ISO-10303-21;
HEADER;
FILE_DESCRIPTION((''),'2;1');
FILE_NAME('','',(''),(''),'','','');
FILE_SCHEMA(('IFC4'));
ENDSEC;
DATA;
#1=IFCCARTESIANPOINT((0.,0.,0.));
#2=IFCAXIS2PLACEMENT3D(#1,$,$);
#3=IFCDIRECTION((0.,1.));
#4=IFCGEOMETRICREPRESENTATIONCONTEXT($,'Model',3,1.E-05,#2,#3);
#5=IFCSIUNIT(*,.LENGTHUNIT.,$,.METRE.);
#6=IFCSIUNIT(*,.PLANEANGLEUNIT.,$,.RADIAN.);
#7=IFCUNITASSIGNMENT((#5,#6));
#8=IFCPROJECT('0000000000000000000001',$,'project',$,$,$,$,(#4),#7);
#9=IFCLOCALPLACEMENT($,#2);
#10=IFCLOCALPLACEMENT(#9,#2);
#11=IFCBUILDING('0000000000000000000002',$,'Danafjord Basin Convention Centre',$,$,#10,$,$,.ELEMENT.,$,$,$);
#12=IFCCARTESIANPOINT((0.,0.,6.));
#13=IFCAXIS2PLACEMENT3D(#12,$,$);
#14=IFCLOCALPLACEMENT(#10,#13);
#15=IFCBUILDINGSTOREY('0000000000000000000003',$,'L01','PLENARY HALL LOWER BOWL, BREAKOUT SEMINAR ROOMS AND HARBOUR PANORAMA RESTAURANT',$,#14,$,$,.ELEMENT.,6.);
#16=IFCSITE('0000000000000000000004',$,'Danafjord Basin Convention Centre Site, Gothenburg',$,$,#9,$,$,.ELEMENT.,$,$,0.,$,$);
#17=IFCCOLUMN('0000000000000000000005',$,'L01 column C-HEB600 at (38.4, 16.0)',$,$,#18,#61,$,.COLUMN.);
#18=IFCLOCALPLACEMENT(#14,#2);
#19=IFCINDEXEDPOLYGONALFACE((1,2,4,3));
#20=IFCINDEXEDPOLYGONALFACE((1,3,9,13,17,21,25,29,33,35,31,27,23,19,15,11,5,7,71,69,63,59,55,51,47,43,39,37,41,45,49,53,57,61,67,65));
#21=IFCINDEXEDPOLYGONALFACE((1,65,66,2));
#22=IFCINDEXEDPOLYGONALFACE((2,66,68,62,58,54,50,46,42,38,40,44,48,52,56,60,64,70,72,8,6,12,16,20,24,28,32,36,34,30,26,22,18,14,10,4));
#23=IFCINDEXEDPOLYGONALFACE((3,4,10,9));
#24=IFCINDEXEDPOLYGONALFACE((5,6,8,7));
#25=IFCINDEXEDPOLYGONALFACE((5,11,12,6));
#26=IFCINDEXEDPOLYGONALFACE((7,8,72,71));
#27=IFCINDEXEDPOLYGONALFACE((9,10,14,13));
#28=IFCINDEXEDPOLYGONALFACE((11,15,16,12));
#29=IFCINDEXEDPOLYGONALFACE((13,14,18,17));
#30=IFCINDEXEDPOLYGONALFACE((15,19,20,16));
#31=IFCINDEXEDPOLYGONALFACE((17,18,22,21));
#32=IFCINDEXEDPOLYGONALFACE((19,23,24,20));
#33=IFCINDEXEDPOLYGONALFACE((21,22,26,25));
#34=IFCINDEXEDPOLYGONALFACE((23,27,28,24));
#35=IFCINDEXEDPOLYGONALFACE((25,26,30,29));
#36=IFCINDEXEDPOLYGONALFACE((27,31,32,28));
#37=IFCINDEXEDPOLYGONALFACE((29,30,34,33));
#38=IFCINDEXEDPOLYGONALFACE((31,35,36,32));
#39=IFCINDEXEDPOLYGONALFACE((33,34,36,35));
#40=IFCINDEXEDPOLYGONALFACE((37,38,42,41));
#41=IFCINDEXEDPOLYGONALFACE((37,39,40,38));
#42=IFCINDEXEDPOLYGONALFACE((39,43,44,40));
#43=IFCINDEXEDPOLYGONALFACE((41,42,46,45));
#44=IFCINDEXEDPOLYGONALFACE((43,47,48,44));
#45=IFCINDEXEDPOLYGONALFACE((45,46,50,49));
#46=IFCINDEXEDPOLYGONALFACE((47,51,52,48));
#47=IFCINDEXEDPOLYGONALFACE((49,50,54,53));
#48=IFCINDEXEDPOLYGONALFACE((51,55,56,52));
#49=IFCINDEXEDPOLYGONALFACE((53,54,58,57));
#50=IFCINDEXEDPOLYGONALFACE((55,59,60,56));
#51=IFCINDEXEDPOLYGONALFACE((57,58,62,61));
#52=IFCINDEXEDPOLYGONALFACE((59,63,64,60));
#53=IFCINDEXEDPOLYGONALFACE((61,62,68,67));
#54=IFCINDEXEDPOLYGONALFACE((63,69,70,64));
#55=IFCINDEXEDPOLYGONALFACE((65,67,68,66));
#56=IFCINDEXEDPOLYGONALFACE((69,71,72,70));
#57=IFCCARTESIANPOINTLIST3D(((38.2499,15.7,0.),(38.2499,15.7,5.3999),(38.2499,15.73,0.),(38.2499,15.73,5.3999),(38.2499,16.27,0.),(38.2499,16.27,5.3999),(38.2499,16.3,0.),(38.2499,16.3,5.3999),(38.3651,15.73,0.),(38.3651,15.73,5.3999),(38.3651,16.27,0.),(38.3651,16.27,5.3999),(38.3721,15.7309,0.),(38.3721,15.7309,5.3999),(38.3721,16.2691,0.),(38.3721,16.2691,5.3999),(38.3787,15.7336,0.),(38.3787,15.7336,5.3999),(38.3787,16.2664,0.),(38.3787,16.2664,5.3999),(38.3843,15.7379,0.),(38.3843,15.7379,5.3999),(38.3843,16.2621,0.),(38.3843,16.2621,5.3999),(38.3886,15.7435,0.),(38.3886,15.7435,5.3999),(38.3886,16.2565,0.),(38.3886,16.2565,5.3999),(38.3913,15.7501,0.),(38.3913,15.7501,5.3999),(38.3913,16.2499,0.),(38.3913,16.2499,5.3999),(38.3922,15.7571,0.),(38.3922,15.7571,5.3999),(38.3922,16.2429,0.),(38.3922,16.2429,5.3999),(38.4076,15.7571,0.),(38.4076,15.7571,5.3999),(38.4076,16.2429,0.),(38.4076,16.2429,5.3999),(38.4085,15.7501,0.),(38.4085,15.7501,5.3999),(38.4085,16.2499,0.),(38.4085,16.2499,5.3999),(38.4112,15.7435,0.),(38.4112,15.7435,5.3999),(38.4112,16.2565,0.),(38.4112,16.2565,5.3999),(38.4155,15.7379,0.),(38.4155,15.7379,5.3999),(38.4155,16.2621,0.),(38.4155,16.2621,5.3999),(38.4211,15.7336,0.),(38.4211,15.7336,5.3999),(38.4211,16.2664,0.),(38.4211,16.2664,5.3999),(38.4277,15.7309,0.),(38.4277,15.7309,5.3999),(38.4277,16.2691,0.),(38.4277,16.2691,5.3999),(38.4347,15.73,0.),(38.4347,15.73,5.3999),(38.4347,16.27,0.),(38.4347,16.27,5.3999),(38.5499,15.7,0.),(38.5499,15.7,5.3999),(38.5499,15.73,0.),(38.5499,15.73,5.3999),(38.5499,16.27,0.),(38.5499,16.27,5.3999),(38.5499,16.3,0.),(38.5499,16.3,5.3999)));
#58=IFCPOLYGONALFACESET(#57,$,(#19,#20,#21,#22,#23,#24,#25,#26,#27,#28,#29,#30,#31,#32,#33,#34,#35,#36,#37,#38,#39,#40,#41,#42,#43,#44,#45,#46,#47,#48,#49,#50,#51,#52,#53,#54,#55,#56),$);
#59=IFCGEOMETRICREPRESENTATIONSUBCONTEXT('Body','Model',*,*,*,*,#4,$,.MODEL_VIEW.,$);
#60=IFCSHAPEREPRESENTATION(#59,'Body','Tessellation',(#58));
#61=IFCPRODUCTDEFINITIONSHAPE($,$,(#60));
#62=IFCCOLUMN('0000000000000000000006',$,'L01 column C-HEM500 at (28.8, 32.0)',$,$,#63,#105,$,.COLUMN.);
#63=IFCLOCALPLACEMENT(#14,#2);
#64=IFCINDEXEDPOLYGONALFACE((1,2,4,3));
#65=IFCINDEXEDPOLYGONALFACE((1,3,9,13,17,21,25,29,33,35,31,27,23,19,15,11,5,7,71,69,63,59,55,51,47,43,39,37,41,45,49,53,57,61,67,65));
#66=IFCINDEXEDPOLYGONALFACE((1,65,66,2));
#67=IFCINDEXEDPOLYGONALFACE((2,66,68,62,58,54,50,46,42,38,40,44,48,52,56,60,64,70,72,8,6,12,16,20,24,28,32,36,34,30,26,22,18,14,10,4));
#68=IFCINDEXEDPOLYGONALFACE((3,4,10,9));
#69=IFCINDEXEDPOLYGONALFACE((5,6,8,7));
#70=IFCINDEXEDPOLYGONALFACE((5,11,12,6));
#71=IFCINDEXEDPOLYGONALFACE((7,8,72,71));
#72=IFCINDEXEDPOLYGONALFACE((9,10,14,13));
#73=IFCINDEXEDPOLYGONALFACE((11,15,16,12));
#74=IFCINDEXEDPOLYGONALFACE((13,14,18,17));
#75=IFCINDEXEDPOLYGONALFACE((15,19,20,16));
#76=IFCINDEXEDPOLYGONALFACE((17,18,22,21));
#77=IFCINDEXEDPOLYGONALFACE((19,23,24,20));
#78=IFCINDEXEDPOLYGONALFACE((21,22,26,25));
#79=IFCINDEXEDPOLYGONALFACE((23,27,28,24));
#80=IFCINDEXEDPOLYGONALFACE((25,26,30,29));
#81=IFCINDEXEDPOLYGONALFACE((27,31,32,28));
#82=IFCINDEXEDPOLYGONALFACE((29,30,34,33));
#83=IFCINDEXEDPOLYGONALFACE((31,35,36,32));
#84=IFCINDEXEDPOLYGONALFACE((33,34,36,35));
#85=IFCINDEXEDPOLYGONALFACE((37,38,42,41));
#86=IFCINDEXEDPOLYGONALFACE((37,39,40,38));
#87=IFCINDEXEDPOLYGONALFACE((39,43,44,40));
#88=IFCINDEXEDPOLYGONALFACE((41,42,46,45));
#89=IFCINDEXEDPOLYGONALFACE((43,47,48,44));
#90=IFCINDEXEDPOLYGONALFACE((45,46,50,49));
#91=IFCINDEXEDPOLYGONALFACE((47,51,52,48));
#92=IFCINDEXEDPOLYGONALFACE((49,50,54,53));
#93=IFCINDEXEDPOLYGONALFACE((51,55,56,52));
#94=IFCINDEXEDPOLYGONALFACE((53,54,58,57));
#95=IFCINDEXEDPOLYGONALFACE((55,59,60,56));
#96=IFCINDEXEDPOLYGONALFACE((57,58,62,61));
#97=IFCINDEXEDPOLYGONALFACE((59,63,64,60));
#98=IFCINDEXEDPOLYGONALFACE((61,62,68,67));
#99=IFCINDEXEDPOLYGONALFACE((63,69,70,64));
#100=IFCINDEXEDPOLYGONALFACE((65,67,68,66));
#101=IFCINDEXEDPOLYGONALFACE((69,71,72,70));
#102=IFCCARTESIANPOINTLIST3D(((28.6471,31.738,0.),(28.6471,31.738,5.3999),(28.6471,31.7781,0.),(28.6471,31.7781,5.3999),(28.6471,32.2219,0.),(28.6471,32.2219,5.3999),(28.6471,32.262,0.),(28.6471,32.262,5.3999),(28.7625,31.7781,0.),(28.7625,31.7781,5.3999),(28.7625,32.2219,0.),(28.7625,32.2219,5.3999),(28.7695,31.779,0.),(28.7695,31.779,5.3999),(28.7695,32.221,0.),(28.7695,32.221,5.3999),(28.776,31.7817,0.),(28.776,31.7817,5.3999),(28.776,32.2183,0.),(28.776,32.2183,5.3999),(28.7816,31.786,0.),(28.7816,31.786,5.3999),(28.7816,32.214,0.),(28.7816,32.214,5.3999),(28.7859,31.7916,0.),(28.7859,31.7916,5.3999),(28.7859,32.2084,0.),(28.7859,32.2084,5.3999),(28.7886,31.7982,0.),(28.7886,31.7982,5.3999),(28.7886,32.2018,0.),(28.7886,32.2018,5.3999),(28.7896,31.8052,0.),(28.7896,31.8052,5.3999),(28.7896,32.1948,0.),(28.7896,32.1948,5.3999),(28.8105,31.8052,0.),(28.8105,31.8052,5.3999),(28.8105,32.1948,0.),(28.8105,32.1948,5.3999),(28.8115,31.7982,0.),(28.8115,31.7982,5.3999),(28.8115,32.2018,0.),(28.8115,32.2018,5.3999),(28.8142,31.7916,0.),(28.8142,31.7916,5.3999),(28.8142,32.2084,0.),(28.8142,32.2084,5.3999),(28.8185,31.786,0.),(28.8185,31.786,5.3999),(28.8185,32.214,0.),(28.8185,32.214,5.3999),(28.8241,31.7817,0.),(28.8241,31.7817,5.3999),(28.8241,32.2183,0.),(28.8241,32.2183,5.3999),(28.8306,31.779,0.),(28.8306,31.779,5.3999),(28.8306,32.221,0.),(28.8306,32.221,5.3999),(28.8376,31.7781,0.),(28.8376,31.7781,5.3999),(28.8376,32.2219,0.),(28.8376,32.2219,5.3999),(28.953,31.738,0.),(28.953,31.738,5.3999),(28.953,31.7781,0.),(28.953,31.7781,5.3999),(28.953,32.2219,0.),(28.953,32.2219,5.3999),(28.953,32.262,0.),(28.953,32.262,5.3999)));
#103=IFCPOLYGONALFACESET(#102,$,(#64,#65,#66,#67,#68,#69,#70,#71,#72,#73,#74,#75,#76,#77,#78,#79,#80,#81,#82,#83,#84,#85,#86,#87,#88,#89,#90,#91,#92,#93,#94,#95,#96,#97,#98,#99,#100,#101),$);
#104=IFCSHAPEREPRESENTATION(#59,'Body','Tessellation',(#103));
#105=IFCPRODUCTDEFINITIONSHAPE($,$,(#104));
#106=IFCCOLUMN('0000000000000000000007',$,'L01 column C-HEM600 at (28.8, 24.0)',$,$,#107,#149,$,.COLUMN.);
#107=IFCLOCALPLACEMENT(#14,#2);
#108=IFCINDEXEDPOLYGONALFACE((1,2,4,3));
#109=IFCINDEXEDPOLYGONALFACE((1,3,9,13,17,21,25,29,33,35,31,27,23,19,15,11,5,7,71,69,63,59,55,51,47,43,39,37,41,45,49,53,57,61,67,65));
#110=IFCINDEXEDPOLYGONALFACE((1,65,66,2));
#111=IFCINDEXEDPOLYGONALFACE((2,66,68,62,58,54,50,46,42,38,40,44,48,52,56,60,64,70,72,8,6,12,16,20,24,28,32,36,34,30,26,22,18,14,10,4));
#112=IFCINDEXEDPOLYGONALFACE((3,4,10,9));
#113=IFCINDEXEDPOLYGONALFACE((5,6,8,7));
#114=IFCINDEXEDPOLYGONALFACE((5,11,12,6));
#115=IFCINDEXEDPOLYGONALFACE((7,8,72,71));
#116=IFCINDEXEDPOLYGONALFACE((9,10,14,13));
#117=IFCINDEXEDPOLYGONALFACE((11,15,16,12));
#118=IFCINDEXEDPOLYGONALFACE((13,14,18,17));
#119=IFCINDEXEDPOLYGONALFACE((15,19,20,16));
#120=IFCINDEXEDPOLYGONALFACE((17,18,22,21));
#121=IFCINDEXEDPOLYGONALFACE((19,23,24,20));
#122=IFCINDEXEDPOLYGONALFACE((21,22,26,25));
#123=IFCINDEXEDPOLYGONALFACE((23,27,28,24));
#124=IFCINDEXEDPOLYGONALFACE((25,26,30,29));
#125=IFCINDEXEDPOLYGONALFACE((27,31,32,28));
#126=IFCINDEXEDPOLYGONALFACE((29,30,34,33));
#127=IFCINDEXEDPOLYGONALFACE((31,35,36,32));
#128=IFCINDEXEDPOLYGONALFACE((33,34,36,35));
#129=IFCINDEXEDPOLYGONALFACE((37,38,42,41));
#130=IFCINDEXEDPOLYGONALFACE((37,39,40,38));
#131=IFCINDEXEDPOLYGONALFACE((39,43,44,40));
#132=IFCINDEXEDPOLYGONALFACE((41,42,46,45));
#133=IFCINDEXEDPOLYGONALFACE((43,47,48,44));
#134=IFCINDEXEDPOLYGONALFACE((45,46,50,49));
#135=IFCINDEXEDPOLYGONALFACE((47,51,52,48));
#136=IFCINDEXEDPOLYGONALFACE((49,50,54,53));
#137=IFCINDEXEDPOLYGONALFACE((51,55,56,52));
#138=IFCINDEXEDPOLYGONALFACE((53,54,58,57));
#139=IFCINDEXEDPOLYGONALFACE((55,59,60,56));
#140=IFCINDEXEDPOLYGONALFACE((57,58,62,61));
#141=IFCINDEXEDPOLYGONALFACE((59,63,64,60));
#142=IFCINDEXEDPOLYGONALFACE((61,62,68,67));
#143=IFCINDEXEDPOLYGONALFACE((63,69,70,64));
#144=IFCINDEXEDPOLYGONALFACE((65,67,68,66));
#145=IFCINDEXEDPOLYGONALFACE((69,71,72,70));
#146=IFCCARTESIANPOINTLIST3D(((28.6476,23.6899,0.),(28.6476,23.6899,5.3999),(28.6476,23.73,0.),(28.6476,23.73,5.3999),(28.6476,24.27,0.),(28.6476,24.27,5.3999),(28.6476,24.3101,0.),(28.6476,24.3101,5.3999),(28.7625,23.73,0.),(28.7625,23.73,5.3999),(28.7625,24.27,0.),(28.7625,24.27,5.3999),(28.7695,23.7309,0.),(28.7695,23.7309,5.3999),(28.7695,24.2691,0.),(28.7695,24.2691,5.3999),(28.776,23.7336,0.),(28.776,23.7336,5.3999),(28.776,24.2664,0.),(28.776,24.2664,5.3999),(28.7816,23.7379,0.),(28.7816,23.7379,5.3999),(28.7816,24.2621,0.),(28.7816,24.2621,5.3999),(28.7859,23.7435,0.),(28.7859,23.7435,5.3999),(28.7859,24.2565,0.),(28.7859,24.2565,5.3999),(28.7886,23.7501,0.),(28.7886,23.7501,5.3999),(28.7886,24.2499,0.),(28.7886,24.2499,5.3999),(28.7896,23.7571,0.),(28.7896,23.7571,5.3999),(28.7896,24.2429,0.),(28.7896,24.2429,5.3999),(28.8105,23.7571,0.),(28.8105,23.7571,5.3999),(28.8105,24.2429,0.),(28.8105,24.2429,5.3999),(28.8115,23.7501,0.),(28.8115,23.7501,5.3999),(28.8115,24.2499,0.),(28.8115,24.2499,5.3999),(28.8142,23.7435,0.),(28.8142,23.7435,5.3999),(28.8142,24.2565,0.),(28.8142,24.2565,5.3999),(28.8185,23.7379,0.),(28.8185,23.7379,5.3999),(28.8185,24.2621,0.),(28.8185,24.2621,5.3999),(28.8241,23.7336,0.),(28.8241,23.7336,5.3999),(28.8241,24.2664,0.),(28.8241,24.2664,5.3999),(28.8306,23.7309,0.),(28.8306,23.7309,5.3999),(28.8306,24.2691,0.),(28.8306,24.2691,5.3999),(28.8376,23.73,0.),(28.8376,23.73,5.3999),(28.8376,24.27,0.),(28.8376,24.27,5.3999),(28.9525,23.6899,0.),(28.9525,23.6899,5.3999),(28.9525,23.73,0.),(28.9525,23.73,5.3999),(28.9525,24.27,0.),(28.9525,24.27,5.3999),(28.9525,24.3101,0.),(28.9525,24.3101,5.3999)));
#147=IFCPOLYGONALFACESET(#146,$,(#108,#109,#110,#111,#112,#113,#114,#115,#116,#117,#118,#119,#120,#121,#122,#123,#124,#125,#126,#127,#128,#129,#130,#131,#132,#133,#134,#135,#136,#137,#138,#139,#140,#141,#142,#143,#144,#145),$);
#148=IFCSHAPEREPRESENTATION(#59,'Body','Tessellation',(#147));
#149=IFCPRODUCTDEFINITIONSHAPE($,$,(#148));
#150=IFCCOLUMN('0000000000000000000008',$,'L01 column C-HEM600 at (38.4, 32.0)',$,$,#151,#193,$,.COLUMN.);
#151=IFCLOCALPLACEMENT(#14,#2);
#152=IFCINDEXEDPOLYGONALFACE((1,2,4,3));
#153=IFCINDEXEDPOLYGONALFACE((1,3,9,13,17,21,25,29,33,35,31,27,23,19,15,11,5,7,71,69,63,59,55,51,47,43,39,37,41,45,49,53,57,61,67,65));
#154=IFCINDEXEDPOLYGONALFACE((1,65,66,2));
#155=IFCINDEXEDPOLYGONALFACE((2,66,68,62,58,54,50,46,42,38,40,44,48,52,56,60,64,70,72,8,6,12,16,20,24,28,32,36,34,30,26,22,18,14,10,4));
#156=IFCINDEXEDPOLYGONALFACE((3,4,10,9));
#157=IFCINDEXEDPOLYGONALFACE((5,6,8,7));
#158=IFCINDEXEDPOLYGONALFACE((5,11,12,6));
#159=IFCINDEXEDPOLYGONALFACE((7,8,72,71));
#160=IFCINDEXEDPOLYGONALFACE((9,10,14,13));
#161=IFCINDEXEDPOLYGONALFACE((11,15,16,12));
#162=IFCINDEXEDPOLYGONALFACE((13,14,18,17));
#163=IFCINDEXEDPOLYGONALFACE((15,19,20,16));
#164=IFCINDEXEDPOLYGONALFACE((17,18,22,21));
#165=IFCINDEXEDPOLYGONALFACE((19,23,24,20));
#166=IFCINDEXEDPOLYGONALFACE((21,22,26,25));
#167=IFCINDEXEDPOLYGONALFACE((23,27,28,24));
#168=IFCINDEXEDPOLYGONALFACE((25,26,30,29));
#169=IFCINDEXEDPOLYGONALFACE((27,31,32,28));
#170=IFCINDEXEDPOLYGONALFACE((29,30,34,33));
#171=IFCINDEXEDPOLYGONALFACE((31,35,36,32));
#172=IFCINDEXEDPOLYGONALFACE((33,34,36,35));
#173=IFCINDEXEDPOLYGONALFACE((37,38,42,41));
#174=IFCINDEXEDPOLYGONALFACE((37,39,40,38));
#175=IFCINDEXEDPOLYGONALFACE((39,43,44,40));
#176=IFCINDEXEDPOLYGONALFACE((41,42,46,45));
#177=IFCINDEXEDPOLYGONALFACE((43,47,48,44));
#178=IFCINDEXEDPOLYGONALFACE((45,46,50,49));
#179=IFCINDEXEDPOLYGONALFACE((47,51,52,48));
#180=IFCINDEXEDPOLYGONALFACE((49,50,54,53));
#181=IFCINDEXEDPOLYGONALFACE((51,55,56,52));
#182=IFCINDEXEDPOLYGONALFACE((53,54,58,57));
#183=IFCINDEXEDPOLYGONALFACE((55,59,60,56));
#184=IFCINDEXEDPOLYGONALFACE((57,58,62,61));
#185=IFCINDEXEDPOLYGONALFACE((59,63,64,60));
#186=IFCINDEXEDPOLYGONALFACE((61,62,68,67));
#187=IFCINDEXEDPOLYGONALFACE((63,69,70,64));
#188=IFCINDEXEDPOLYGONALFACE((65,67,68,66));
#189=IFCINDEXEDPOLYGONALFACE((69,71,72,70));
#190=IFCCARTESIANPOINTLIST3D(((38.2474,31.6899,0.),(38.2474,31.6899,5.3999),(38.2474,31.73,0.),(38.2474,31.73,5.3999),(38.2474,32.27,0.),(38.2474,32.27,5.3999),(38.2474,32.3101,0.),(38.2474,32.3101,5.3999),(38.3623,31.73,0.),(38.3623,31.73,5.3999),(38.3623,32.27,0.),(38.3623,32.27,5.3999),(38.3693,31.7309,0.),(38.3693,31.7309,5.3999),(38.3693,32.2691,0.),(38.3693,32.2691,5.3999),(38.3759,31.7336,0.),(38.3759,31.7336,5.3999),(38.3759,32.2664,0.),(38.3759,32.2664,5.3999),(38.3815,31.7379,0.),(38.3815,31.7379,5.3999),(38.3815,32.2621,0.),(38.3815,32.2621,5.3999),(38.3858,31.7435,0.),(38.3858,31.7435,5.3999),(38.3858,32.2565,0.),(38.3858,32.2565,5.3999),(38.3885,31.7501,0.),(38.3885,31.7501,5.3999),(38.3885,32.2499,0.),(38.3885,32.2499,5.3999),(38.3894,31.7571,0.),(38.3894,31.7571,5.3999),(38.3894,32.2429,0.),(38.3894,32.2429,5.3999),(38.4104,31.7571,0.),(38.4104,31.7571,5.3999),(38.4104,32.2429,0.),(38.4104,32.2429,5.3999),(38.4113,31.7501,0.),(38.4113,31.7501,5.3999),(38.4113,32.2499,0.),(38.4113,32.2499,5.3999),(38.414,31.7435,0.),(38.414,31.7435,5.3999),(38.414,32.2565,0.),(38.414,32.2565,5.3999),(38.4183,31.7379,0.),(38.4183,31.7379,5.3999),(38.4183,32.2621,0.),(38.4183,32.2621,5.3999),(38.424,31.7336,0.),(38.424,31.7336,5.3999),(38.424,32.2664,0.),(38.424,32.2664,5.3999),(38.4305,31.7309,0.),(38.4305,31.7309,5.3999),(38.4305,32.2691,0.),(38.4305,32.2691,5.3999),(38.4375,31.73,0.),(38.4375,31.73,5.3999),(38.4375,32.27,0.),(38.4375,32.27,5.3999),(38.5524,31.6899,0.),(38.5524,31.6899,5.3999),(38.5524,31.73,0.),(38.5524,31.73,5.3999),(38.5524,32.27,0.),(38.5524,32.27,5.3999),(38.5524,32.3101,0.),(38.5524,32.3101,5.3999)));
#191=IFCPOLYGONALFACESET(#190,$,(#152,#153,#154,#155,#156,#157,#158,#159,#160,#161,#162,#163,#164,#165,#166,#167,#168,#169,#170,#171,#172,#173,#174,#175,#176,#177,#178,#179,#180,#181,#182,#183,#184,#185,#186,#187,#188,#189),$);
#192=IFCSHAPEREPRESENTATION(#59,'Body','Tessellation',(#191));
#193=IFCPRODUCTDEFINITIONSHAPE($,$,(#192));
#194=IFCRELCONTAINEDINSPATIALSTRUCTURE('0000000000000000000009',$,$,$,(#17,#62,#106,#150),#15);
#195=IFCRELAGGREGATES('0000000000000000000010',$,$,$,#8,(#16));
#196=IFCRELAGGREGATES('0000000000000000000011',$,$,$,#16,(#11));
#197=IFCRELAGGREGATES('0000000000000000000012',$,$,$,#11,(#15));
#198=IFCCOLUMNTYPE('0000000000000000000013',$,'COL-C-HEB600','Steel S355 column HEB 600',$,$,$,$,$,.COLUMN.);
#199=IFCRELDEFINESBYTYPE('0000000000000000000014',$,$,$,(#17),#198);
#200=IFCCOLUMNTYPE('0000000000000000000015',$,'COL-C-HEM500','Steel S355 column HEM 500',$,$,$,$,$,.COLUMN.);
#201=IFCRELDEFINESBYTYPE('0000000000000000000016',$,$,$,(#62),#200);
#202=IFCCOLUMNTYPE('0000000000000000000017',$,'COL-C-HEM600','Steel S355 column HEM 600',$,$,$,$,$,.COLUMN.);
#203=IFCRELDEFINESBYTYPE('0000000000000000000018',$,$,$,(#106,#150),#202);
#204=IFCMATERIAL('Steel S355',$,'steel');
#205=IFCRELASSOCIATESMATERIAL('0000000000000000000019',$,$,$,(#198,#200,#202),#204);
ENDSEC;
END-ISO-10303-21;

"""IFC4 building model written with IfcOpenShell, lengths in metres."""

from ifc_helpers import new_model, si_unit, direction, frame, origin, origin_2d, place, context, subcontext, project, spatial, i_section, extrude, material, material_profile, profile_set, type_object, element, save


model = new_model("IFC4")

# Units and contexts
model_context = context("Model", 3, precision=1e-05, world=origin(), true_north=direction((0.0, 1.0)))
body_context = subcontext(model_context, "Body", "Model", "MODEL_VIEW")
ifc_project = project(units=[si_unit("LENGTHUNIT", "METRE"), si_unit("PLANEANGLEUNIT", "RADIAN")], contexts=[model_context])

# Site, building, storey
site_placement = place(None, origin())
site = spatial("IfcSite", under=ifc_project, at=site_placement, Name="Danafjord Basin Convention Centre Site, Gothenburg", CompositionType="ELEMENT", RefElevation=0.0)
building_placement = place(site_placement, origin())
building = spatial("IfcBuilding", under=site, at=building_placement, Name="Danafjord Basin Convention Centre", CompositionType="ELEMENT")
storey_placement = place(building_placement, frame((0.0, 0.0, 6.0)))
storey = spatial("IfcBuildingStorey", under=building, at=storey_placement, Name="L01", Description="PLENARY HALL LOWER BOWL, BREAKOUT SEMINAR ROOMS AND HARBOUR PANORAMA RESTAURANT", CompositionType="ELEMENT", Elevation=6.0)

# Columns
ifc_material_1 = material(Name="Steel S355", Category="steel")
ifc_material_profile_1 = material_profile(ifc_material_1, i_section(OverallWidth=0.3, OverallDepth=0.6001, WebThickness=0.0154, FlangeThickness=0.03, FilletRadius=0.0271, at=origin_2d()), Name="HEB 600")
ifc_profile_set_1 = profile_set([ifc_material_profile_1], Name="Steel S355")
column_type_1 = type_object("IfcColumnType", Name="COL-C-HEB600", Description="Steel S355 column HEB 600", PredefinedType="COLUMN", material=ifc_profile_set_1)
column_1_placement = place(storey_placement, frame((38.3999, 16.0, 0.0), z_axis=(0.0, 0.0, 1.0), x_axis=(1.0, 0.0, 0.0)))
element("IfcColumn", 1, at=column_1_placement, inside=storey, type_object=column_type_1, Name="L01 column C-HEB600 at (38.4, 16.0)", PredefinedType="COLUMN", context=body_context, shape_type="SweptSolid", body=[
    extrude(i_section(OverallWidth=0.3, OverallDepth=0.6001, WebThickness=0.0154, FlangeThickness=0.03, FilletRadius=0.0271, at=origin_2d()), origin(), (0.0, 0.0, 1.0), 5.3999),
])
ifc_material_profile_2 = material_profile(ifc_material_1, i_section(OverallWidth=0.3059, OverallDepth=0.5239, WebThickness=0.021, FlangeThickness=0.04, FilletRadius=0.0271, at=origin_2d()), Name="HEM 500")
ifc_profile_set_2 = profile_set([ifc_material_profile_2], Name="Steel S355")
column_type_2 = type_object("IfcColumnType", Name="COL-C-HEM500", Description="Steel S355 column HEM 500", PredefinedType="COLUMN", material=ifc_profile_set_2)
column_2_placement = place(storey_placement, frame((28.8, 32.0, 0.0), z_axis=(0.0, 0.0, 1.0), x_axis=(1.0, 0.0, 0.0)))
element("IfcColumn", 2, at=column_2_placement, inside=storey, type_object=column_type_2, Name="L01 column C-HEM500 at (28.8, 32.0)", PredefinedType="COLUMN", context=body_context, shape_type="SweptSolid", body=[
    extrude(i_section(OverallWidth=0.3059, OverallDepth=0.5239, WebThickness=0.021, FlangeThickness=0.04, FilletRadius=0.0271, at=origin_2d()), origin(), (0.0, 0.0, 1.0), 5.3999),
])
ifc_material_profile_3 = material_profile(ifc_material_1, i_section(OverallWidth=0.3049, OverallDepth=0.6201, WebThickness=0.021, FlangeThickness=0.04, FilletRadius=0.0271, at=origin_2d()), Name="HEM 600")
ifc_profile_set_3 = profile_set([ifc_material_profile_3], Name="Steel S355")
column_type_3 = type_object("IfcColumnType", Name="COL-C-HEM600", Description="Steel S355 column HEM 600", PredefinedType="COLUMN", material=ifc_profile_set_3)
for number, where, z_axis, x_axis, name in (
    (3, (28.8, 24.0, 0.0), (0.0, 0.0, 1.0), (1.0, 0.0, 0.0), "L01 column C-HEM600 at (28.8, 24.0)"),
    (4, (38.3999, 32.0, 0.0), (0.0, 0.0, 1.0), (1.0, 0.0, 0.0), "L01 column C-HEM600 at (38.4, 32.0)"),
):
    element("IfcColumn", number, at=place(storey_placement, frame(where, z_axis=z_axis, x_axis=x_axis)), inside=storey, type_object=column_type_3, Name=name, PredefinedType="COLUMN", context=body_context, shape_type="SweptSolid", body=[
        extrude(i_section(OverallWidth=0.3049, OverallDepth=0.6201, WebThickness=0.021, FlangeThickness=0.04, FilletRadius=0.0271, at=origin_2d()), origin(), (0.0, 0.0, 1.0), 5.3999),
    ])

save(model, "model.ifc")
